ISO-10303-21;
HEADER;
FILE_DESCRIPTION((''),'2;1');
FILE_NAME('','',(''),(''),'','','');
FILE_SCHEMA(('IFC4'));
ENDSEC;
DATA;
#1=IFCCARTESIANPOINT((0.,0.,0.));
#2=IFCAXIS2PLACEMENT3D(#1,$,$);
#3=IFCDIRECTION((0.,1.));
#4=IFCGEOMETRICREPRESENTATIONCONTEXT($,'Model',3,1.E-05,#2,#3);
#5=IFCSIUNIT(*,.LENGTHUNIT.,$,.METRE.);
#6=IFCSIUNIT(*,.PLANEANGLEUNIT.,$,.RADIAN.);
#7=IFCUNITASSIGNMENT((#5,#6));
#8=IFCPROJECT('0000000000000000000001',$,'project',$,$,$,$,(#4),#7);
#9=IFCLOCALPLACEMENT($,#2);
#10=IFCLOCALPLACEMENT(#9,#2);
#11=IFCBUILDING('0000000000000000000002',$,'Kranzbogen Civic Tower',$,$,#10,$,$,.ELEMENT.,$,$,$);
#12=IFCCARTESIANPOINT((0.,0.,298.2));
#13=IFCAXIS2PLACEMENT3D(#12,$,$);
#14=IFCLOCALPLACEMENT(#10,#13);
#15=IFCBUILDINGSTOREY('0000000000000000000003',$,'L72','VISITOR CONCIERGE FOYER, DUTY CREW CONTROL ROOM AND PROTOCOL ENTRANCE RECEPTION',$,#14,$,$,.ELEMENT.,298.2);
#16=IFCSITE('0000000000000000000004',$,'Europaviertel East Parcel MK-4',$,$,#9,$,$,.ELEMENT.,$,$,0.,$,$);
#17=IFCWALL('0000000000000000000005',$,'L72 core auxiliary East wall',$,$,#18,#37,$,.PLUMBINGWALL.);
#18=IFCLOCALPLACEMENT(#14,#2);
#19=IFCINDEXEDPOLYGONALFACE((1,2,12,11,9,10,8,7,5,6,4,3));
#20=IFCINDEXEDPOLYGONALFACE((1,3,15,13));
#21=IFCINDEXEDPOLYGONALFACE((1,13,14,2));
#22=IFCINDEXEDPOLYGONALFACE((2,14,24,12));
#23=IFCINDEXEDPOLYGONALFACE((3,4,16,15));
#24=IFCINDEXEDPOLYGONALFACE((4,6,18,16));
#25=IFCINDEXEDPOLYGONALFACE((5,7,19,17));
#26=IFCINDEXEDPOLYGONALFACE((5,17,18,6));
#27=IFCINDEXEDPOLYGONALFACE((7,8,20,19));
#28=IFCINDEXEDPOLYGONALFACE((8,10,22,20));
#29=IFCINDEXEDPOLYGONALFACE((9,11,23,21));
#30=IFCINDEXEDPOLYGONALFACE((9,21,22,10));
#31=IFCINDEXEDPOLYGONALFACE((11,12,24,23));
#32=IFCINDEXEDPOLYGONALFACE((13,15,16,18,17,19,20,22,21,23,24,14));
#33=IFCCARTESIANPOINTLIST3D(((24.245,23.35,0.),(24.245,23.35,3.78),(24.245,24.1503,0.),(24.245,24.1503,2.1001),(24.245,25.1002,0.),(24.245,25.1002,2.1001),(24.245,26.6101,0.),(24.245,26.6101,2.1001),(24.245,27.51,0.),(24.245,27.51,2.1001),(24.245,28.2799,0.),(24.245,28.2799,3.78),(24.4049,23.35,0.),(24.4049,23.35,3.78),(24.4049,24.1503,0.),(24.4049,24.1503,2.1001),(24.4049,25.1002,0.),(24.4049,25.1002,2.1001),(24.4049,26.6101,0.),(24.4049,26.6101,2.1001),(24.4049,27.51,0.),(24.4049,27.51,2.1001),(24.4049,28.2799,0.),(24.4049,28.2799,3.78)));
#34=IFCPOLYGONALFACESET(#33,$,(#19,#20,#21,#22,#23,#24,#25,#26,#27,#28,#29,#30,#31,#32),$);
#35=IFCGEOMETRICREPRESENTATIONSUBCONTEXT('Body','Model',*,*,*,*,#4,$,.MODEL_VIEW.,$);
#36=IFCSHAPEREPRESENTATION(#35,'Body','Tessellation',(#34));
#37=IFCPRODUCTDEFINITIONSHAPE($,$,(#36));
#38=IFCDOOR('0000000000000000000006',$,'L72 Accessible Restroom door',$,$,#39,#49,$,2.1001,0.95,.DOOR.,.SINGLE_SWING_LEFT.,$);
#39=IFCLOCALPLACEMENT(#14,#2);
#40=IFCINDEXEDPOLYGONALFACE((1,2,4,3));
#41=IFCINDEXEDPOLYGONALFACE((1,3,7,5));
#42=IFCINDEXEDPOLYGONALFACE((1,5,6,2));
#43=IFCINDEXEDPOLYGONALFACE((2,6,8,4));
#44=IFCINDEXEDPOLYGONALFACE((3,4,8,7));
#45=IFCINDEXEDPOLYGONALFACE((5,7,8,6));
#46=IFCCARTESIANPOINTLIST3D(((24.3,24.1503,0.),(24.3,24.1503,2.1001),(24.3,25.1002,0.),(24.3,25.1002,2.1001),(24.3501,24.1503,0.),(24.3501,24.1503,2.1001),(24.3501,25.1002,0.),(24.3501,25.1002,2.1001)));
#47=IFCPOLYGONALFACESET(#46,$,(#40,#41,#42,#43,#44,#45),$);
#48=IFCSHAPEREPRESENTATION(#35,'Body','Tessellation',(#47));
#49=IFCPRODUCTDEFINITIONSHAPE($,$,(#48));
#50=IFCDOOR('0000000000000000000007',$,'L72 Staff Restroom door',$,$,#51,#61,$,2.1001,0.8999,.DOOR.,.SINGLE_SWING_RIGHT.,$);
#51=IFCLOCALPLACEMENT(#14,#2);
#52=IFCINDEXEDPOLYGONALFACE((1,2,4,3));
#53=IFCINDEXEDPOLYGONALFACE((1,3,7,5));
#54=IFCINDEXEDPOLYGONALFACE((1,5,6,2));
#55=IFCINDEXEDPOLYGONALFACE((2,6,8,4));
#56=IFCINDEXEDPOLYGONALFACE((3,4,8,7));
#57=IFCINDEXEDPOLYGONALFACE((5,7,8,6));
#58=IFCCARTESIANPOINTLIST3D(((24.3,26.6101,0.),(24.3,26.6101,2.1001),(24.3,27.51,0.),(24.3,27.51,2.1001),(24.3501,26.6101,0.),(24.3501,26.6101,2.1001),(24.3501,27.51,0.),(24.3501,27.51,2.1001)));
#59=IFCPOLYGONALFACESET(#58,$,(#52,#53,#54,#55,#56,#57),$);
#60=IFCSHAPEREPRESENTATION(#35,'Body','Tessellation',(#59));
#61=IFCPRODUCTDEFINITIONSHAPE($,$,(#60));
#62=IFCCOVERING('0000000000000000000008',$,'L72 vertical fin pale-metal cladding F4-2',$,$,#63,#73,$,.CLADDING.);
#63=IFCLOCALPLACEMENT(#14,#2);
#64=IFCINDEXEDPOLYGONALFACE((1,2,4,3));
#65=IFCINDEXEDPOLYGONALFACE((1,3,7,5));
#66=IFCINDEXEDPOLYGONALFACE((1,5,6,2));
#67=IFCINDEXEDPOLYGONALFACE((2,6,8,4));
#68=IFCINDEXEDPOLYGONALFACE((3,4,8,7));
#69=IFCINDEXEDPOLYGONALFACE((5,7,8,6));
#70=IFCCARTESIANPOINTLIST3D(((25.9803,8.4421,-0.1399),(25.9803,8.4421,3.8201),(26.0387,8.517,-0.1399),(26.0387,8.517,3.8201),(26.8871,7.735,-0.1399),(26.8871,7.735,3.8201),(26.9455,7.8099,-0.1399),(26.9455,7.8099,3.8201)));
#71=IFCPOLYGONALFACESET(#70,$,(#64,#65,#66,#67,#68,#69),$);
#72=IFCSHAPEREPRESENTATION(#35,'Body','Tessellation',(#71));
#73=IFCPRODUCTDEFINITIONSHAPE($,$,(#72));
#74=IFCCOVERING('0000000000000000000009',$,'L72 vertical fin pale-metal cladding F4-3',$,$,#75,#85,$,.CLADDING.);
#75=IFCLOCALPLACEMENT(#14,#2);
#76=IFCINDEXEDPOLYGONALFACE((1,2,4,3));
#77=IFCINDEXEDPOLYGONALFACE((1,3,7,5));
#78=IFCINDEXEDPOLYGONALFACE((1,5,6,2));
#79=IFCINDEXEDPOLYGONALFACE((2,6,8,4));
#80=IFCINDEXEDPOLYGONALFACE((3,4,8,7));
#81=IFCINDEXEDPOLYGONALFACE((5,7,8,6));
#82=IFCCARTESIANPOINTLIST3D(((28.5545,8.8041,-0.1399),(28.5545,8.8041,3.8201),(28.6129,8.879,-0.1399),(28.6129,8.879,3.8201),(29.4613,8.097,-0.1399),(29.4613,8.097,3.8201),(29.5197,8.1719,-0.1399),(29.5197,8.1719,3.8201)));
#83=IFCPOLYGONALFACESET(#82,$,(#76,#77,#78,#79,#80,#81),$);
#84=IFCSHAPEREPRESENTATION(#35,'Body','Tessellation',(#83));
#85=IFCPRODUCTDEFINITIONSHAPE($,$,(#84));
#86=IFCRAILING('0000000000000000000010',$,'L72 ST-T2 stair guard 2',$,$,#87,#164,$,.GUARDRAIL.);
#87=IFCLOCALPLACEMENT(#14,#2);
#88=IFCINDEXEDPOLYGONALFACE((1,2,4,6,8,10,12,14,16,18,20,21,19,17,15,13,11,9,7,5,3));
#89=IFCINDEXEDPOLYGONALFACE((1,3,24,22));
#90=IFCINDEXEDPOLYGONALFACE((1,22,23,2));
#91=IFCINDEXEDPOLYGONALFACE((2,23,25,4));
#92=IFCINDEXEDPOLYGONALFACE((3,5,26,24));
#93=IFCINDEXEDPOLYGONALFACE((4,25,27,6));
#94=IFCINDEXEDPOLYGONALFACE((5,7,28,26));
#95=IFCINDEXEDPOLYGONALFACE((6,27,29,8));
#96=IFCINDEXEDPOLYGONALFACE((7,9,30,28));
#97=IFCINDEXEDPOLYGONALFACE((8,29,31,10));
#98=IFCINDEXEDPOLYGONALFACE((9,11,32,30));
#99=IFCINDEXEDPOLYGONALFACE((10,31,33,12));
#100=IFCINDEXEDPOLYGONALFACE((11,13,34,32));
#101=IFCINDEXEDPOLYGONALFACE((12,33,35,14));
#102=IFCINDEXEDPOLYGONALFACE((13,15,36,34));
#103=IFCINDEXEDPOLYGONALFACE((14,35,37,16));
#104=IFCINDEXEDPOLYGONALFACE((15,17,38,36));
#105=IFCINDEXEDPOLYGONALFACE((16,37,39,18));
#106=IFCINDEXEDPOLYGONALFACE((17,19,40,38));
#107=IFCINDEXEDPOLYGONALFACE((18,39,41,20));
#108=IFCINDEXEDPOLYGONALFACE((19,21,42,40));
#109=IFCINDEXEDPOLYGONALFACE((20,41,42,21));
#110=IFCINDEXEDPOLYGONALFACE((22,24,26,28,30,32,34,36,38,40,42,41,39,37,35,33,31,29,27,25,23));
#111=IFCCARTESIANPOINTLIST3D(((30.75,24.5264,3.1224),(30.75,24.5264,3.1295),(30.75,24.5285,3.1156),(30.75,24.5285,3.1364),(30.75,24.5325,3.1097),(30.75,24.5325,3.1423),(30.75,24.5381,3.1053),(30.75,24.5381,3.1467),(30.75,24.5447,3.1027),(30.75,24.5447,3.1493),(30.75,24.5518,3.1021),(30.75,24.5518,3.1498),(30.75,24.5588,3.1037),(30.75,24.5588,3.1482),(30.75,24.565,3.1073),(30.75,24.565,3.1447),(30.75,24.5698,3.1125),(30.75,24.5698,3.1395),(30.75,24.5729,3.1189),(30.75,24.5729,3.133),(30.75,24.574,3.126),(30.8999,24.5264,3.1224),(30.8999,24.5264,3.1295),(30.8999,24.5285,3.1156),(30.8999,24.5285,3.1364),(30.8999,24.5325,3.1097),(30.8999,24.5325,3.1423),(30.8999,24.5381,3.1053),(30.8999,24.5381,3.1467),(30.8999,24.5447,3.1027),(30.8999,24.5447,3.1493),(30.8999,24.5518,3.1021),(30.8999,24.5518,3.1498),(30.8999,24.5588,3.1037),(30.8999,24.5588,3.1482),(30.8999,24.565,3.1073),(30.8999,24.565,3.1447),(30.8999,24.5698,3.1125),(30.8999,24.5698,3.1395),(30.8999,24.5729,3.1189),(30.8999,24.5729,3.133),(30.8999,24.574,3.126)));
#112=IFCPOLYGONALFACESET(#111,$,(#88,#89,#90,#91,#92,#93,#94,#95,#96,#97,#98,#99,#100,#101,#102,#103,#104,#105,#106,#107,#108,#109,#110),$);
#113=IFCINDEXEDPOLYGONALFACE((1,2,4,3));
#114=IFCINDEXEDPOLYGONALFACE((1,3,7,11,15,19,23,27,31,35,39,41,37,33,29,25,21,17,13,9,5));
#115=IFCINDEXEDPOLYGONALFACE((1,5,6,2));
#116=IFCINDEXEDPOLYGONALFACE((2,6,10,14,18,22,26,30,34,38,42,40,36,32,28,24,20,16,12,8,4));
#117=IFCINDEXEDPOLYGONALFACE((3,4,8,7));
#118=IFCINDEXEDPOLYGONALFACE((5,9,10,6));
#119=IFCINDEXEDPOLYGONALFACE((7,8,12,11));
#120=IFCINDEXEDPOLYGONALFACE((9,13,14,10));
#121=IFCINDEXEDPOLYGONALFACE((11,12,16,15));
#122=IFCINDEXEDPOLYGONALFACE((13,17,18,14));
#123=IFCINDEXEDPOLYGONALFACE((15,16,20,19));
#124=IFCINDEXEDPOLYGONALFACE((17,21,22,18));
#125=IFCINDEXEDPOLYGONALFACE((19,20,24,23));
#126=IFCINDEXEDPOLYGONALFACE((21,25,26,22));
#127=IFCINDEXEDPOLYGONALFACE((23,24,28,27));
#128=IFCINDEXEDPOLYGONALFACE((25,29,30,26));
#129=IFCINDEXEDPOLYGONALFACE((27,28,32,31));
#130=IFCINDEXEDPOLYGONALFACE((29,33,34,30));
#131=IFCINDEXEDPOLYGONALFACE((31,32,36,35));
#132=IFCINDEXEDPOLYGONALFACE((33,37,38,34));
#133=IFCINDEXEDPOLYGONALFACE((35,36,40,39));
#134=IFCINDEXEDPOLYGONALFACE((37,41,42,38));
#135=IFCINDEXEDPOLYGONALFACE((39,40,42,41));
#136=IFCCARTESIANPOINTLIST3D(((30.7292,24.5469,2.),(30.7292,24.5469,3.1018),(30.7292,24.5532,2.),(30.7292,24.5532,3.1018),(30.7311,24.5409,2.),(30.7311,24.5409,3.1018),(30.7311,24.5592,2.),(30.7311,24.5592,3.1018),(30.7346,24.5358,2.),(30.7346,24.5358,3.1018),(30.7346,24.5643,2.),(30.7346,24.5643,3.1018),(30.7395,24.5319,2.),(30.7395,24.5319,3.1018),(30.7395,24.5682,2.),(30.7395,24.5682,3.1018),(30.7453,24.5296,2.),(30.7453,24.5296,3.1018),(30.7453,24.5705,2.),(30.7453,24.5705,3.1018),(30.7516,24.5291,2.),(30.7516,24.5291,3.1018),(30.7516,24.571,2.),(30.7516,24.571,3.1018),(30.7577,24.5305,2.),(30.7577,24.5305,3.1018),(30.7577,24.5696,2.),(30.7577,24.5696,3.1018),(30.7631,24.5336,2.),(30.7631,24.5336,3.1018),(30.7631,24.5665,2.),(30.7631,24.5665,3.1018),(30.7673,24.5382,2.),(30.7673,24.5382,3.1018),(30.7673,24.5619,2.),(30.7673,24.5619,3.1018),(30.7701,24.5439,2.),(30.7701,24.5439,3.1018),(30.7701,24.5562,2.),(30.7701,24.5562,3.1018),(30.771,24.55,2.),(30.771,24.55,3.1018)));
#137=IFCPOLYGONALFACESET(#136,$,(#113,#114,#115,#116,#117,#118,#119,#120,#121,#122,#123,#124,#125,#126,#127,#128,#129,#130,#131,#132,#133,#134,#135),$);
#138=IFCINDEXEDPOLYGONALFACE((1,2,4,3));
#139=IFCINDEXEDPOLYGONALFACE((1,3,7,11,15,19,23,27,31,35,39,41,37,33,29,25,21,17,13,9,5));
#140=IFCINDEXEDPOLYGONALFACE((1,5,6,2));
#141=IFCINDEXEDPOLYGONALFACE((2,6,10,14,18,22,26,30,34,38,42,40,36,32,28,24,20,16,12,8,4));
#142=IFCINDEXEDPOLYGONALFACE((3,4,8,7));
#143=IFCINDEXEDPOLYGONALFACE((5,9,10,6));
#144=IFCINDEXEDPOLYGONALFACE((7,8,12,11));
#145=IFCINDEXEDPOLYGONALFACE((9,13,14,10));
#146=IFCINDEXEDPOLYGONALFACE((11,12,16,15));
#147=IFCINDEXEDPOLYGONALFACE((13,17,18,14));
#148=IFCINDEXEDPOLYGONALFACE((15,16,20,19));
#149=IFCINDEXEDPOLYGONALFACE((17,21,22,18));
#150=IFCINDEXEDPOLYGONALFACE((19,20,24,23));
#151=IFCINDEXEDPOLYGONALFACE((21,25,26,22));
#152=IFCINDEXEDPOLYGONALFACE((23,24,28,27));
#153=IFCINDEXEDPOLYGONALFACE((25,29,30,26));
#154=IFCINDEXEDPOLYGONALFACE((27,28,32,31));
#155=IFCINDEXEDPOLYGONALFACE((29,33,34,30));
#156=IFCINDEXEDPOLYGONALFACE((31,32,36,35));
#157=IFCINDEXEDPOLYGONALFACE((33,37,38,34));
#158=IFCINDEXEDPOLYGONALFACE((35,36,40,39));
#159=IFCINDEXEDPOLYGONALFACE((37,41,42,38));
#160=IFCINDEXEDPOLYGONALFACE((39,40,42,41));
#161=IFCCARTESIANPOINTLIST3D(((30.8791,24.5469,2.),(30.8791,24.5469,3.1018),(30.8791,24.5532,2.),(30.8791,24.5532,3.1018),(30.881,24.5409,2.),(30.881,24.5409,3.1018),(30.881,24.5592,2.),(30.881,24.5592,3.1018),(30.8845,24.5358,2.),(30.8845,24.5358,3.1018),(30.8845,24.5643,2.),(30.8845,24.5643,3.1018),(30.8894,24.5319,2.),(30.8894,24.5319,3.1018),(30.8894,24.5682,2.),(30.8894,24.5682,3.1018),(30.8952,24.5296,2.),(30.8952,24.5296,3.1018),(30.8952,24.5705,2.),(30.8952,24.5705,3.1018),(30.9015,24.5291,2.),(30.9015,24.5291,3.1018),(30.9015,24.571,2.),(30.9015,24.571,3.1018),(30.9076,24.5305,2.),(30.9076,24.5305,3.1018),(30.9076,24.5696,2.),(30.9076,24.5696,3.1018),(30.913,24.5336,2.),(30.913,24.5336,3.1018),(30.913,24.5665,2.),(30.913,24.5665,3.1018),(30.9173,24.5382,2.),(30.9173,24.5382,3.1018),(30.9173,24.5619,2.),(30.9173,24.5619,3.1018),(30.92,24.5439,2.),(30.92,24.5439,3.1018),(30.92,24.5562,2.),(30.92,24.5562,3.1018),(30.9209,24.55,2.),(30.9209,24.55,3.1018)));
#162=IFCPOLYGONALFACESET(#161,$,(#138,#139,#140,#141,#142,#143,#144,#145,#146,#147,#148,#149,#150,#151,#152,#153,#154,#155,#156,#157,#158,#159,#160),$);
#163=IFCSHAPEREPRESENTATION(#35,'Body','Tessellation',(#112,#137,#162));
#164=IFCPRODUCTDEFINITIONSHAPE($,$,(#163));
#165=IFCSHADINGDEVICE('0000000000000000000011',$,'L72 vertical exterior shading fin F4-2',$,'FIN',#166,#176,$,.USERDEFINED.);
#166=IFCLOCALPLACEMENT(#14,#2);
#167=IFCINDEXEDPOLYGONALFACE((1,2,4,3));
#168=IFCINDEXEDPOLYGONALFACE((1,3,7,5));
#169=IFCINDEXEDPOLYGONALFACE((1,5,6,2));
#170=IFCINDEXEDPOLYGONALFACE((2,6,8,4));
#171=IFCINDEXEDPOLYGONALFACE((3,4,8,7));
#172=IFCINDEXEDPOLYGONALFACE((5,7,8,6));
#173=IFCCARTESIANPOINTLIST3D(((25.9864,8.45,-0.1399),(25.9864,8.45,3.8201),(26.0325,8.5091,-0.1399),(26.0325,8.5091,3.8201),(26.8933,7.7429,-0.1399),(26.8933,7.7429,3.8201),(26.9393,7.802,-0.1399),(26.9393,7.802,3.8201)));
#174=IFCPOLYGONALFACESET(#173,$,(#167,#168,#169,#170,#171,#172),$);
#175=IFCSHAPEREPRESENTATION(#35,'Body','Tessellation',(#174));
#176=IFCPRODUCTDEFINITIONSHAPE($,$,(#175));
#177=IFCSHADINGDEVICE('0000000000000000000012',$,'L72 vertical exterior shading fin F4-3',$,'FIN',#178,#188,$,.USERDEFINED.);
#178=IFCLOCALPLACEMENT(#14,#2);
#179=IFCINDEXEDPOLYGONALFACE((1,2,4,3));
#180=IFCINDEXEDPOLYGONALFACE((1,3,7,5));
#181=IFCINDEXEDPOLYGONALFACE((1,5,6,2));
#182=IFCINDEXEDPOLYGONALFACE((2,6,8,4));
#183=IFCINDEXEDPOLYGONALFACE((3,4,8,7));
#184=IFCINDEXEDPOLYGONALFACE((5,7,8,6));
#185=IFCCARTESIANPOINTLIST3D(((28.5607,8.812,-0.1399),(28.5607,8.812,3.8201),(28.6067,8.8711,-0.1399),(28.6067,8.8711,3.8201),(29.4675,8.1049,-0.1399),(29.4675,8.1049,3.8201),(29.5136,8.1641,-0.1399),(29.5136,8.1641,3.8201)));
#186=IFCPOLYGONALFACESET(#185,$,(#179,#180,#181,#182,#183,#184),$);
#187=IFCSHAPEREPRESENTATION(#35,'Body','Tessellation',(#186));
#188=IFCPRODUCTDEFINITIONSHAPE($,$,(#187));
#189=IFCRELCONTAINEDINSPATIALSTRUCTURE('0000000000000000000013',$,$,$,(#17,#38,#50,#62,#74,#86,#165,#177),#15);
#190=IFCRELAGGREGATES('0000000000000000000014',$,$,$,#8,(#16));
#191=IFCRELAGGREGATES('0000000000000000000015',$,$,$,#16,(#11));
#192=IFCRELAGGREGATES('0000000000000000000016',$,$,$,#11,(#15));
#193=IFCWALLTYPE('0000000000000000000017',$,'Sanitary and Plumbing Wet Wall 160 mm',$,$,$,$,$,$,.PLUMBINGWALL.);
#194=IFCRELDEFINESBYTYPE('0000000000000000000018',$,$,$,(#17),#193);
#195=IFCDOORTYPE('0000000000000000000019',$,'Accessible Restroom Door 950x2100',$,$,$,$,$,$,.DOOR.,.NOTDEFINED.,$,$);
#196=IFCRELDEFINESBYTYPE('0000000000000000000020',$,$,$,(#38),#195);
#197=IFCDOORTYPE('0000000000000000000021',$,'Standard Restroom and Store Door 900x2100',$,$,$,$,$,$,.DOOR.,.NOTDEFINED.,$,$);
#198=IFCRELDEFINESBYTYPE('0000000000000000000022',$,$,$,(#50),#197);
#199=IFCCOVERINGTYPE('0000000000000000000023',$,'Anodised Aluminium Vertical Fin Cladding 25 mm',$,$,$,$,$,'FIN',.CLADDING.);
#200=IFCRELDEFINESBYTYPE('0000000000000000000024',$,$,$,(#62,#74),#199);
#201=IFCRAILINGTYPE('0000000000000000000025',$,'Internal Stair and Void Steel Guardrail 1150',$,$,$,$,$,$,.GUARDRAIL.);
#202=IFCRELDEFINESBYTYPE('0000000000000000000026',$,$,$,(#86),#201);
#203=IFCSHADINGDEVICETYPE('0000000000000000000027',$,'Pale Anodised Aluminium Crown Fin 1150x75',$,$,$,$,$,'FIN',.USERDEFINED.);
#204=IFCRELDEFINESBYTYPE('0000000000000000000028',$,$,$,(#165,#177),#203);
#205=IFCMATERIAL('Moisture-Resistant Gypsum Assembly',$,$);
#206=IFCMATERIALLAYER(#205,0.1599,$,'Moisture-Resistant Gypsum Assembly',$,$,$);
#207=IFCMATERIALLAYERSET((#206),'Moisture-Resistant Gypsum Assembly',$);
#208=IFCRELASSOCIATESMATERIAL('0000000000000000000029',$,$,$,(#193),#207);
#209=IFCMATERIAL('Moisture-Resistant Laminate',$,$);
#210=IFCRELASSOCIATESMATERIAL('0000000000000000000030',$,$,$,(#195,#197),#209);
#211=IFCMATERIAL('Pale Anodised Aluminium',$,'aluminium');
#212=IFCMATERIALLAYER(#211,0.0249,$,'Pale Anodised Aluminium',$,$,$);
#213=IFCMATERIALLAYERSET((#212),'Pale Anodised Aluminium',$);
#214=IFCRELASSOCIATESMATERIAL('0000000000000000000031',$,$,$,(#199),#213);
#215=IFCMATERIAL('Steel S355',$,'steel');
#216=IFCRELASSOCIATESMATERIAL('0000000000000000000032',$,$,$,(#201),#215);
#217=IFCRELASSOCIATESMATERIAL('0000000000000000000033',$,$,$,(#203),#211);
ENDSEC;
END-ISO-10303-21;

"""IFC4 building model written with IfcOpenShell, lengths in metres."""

from ifc_helpers import new_model, si_unit, direction, frame, frame_2d, origin, origin_2d, place, context, subcontext, project, spatial, rectangle, circle, extrude, material, layer, layer_set, type_object, element, fill, save


model = new_model("IFC4")

# Units and contexts
model_context = context("Model", 3, precision=1e-05, world=origin(), true_north=direction((0.0, 1.0)))
body_context = subcontext(model_context, "Body", "Model", "MODEL_VIEW")
ifc_project = project(units=[si_unit("LENGTHUNIT", "METRE"), si_unit("PLANEANGLEUNIT", "RADIAN")], contexts=[model_context])

# Site, building, storey
site_placement = place(None, origin())
site = spatial("IfcSite", under=ifc_project, at=site_placement, Name="Europaviertel East Parcel MK-4", CompositionType="ELEMENT", RefElevation=0.0)
building_placement = place(site_placement, origin())
building = spatial("IfcBuilding", under=site, at=building_placement, Name="Kranzbogen Civic Tower", CompositionType="ELEMENT")
storey_placement = place(building_placement, frame((0.0, 0.0, 298.2)))
storey = spatial("IfcBuildingStorey", under=building, at=storey_placement, Name="L72", Description="VISITOR CONCIERGE FOYER, DUTY CREW CONTROL ROOM AND PROTOCOL ENTRANCE RECEPTION", CompositionType="ELEMENT", Elevation=298.2)

# Shared definitions
ifc_material_1 = material(Name="Steel S355", Category="steel")

# Shared definitions
ifc_material_2 = material(Name="Pale Anodised Aluminium", Category="aluminium")

# Wall, openings, doors
ifc_material_3 = material(Name="Moisture-Resistant Gypsum Assembly")
ifc_layer_1 = layer(ifc_material_3, 0.1599, Name="Moisture-Resistant Gypsum Assembly")
ifc_layer_set_1 = layer_set([ifc_layer_1], Name="Moisture-Resistant Gypsum Assembly")
wall_type_1 = type_object("IfcWallType", Name="Sanitary and Plumbing Wet Wall 160 mm", PredefinedType="PLUMBINGWALL", material=ifc_layer_set_1)
wall_1_placement = place(storey_placement, frame((24.325, 23.3501, 0.0), z_axis=(0.0, 0.0, 1.0), x_axis=(0.0, 1.0, 0.0)))
wall_1 = element("IfcWall", 1, at=wall_1_placement, inside=storey, type_object=wall_type_1, Name="L72 core auxiliary East wall", PredefinedType="PLUMBINGWALL", context=body_context, shape_type="SweptSolid", body=[
    extrude(rectangle(XDim=4.9299, YDim=0.1599, at=frame_2d((2.4648, 0.0))), origin(), (0.0, 0.0, 1.0), 3.78),
])
opening_1_placement = place(wall_1_placement, frame((0.8, 0.0, 0.0)))
opening_1 = element("IfcOpeningElement", 2, at=opening_1_placement, cuts=wall_1, PredefinedType="OPENING", context=body_context, shape_type="SweptSolid", body=[
    extrude(rectangle(XDim=0.95, YDim=2.1001, at=frame_2d((0.4751, 1.05))), frame((0.0, 0.0898, 0.0), z_axis=(0.0, -1.0, 0.0), x_axis=(1.0, 0.0, 0.0)), (0.0, 0.0, 1.0), 0.1799),
])
opening_2_placement = place(wall_1_placement, frame((3.26, 0.0, 0.0)))
opening_2 = element("IfcOpeningElement", 3, at=opening_2_placement, cuts=wall_1, PredefinedType="OPENING", context=body_context, shape_type="SweptSolid", body=[
    extrude(rectangle(XDim=0.8999, YDim=2.1001, at=frame_2d((0.45, 1.05))), frame((0.0, 0.0898, 0.0), z_axis=(0.0, -1.0, 0.0), x_axis=(1.0, 0.0, 0.0)), (0.0, 0.0, 1.0), 0.1799),
])
ifc_material_4 = material(Name="Moisture-Resistant Laminate")
door_type_1 = type_object("IfcDoorType", Name="Accessible Restroom Door 950x2100", OperationType="NOTDEFINED", PredefinedType="DOOR", material=ifc_material_4)
door_1_placement = place(opening_1_placement, origin())
door_1 = element("IfcDoor", 4, at=door_1_placement, inside=storey, type_object=door_type_1, Name="L72 Accessible Restroom door", OperationType="SINGLE_SWING_LEFT", OverallHeight=2.1001, OverallWidth=0.95, PredefinedType="DOOR", context=body_context, shape_type="SweptSolid", body=[
    extrude(rectangle(XDim=0.95, YDim=2.1001, at=frame_2d((0.4751, 1.05))), frame((0.0, 0.0249, 0.0), z_axis=(0.0, -1.0, 0.0), x_axis=(1.0, 0.0, 0.0)), (0.0, 0.0, 1.0), 0.05),
])
fill(opening_1, door_1)
door_type_2 = type_object("IfcDoorType", Name="Standard Restroom and Store Door 900x2100", OperationType="NOTDEFINED", PredefinedType="DOOR", material=ifc_material_4)
door_2_placement = place(opening_2_placement, origin())
door_2 = element("IfcDoor", 5, at=door_2_placement, inside=storey, type_object=door_type_2, Name="L72 Staff Restroom door", OperationType="SINGLE_SWING_RIGHT", OverallHeight=2.1001, OverallWidth=0.8999, PredefinedType="DOOR", context=body_context, shape_type="SweptSolid", body=[
    extrude(rectangle(XDim=0.8999, YDim=2.1001, at=frame_2d((0.45, 1.05))), frame((0.0, 0.0249, 0.0), z_axis=(0.0, -1.0, 0.0), x_axis=(1.0, 0.0, 0.0)), (0.0, 0.0, 1.0), 0.05),
])
fill(opening_2, door_2)

# Coverings
ifc_layer_2 = layer(ifc_material_2, 0.0249, Name="Pale Anodised Aluminium")
ifc_layer_set_2 = layer_set([ifc_layer_2], Name="Pale Anodised Aluminium")
covering_type = type_object("IfcCoveringType", Name="Anodised Aluminium Vertical Fin Cladding 25 mm", ElementType="FIN", PredefinedType="CLADDING", material=ifc_layer_set_2)
for number, where, z_axis, x_axis, name in (
    (6, (26.4629, 8.126, -0.1399), (0.0, 0.0, 1.0), (0.788601, -0.614905, 0.0), "L72 vertical fin pale-metal cladding F4-2"),
    (7, (29.0371, 8.488, -0.1399), (0.0, 0.0, 1.0), (0.788601, -0.614905, 0.0), "L72 vertical fin pale-metal cladding F4-3"),
):
    element("IfcCovering", number, at=place(storey_placement, frame(where, z_axis=z_axis, x_axis=x_axis)), inside=storey, type_object=covering_type, Name=name, PredefinedType="CLADDING", context=body_context, shape_type="SweptSolid", body=[
        extrude(rectangle(XDim=1.1499, YDim=0.095, at=origin_2d()), origin(), (0.0, 0.0, 1.0), 3.96),
    ])

# Railing
railing_type = type_object("IfcRailingType", Name="Internal Stair and Void Steel Guardrail 1150", PredefinedType="GUARDRAIL", material=ifc_material_1)
railing_placement = place(storey_placement, frame((30.75, 24.55, 2.0)))
element("IfcRailing", 8, at=railing_placement, inside=storey, type_object=railing_type, Name="L72 ST-T2 stair guard 2", PredefinedType="GUARDRAIL", context=body_context, shape_type="SweptSolid", body=[
    extrude(circle(Radius=0.0239, at=origin_2d()), frame((0.0, 0.0, 1.126), z_axis=(1.0, 0.0, 0.0), x_axis=(0.0, 1.0, 0.0)), (0.0, 0.0, 1.0), 0.1499),
    extrude(circle(Radius=0.021, at=origin_2d()), origin(), (0.0, 0.0, 1.0), 1.1018),
    extrude(circle(Radius=0.021, at=origin_2d()), frame((0.1499, 0.0, 0.0)), (0.0, 0.0, 1.0), 1.1018),
])

# Shading devices
shading_device_type = type_object("IfcShadingDeviceType", Name="Pale Anodised Aluminium Crown Fin 1150x75", ElementType="FIN", PredefinedType="USERDEFINED", material=ifc_material_2)
for number, where, z_axis, x_axis, name in (
    (9, (26.4629, 8.126, -0.1399), (0.0, 0.0, 1.0), (0.788601, -0.614905, 0.0), "L72 vertical exterior shading fin F4-2"),
    (10, (29.0371, 8.488, -0.1399), (0.0, 0.0, 1.0), (0.788601, -0.614905, 0.0), "L72 vertical exterior shading fin F4-3"),
):
    element("IfcShadingDevice", number, at=place(storey_placement, frame(where, z_axis=z_axis, x_axis=x_axis)), inside=storey, type_object=shading_device_type, Name=name, ObjectType="FIN", PredefinedType="USERDEFINED", context=body_context, shape_type="SweptSolid", body=[
        extrude(rectangle(XDim=1.1499, YDim=0.075, at=origin_2d()), origin(), (0.0, 0.0, 1.0), 3.96),
    ])

save(model, "model.ifc")
